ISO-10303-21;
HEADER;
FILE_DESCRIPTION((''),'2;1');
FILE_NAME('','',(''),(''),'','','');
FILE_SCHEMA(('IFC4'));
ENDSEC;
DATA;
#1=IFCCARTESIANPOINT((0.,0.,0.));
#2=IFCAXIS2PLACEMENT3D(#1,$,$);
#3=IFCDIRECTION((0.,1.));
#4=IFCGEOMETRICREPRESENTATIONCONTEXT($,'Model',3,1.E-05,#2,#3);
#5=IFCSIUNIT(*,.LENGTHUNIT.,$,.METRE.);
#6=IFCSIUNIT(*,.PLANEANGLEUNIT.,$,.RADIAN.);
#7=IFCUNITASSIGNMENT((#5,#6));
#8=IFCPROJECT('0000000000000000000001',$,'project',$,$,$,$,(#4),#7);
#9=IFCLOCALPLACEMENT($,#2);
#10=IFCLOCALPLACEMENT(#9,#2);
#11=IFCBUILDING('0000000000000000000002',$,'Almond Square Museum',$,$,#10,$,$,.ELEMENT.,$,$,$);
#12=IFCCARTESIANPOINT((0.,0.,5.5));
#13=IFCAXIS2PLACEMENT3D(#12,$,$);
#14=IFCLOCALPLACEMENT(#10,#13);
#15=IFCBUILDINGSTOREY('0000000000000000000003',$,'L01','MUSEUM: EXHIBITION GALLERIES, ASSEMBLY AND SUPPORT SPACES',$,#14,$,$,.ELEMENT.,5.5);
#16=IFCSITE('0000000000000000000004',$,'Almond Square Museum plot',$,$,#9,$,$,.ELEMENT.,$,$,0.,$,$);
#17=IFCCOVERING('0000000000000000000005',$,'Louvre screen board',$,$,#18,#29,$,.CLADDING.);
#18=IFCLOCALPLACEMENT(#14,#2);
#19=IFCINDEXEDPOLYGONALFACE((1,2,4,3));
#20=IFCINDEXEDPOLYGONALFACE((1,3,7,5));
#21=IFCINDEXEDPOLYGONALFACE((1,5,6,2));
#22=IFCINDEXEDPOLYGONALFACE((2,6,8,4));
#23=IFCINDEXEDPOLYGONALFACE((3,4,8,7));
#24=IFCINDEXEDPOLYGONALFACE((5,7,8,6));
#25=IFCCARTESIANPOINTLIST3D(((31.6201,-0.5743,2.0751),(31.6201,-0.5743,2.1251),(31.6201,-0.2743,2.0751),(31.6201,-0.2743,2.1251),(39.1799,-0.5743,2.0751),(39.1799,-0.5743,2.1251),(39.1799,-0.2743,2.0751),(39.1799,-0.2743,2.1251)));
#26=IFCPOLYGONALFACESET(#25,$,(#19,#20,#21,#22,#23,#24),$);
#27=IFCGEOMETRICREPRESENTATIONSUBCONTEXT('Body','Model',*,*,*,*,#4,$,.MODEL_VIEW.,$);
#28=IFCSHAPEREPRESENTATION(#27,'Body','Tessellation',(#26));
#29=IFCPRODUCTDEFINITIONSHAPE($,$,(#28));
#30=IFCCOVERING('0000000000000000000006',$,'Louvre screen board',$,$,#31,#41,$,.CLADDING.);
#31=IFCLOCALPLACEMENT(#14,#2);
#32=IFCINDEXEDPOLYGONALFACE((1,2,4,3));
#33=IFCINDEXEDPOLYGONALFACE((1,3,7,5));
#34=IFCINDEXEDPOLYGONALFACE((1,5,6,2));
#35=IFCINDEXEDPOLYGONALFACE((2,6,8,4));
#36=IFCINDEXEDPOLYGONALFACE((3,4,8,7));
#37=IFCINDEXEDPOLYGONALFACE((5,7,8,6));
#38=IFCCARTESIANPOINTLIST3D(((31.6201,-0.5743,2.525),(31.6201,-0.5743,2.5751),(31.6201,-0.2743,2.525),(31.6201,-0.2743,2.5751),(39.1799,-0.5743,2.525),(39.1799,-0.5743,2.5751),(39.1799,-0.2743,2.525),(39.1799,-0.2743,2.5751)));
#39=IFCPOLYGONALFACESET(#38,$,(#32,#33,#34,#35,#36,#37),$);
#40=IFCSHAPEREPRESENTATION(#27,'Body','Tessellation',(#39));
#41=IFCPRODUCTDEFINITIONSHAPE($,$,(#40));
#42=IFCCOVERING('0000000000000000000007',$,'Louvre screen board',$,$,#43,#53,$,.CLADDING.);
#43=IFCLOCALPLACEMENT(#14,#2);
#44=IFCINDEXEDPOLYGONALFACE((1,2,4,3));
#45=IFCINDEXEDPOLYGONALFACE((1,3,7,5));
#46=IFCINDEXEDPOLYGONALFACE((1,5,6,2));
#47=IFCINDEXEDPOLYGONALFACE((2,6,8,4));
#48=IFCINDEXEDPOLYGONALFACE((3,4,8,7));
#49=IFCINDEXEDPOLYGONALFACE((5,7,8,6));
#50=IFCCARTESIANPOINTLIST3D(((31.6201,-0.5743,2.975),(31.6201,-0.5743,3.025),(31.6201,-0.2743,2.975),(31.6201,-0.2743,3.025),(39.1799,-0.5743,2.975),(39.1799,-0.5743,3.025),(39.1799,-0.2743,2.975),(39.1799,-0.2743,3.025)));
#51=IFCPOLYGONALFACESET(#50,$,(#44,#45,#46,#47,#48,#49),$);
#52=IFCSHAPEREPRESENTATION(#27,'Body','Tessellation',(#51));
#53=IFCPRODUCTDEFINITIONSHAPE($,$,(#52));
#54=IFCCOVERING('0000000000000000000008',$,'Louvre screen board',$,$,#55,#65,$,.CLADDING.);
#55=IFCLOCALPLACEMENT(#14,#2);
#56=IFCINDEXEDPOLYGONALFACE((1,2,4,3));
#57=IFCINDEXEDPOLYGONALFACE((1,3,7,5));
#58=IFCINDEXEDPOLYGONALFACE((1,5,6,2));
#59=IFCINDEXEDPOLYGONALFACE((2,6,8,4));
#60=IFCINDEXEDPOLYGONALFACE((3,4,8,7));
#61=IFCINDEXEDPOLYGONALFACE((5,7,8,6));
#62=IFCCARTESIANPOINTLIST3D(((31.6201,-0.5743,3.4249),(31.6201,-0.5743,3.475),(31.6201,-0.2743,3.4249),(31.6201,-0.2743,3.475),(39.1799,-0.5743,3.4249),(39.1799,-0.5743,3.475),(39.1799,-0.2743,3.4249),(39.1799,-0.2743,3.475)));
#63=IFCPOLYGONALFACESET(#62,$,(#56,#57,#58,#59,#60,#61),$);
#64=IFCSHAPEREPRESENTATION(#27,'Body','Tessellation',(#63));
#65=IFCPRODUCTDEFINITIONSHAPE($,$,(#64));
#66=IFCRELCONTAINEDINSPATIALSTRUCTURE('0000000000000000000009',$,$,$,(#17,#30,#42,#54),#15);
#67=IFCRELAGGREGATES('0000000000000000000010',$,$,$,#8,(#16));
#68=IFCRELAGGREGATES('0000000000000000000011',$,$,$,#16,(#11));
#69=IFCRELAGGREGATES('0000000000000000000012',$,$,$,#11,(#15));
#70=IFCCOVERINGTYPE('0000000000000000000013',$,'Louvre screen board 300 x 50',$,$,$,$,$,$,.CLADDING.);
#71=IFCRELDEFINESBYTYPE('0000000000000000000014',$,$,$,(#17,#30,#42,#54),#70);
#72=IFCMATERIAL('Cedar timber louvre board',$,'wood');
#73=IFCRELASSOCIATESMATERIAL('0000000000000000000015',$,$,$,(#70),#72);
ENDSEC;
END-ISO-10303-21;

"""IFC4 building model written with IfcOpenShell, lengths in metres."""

from ifc_helpers import new_model, si_unit, direction, frame, origin, origin_2d, place, context, subcontext, project, spatial, rectangle, extrude, material, material_profile, profile_set, type_object, element, save


model = new_model("IFC4")

# Units and contexts
model_context = context("Model", 3, precision=1e-05, world=origin(), true_north=direction((0.0, 1.0)))
body_context = subcontext(model_context, "Body", "Model", "MODEL_VIEW")
ifc_project = project(units=[si_unit("LENGTHUNIT", "METRE"), si_unit("PLANEANGLEUNIT", "RADIAN")], contexts=[model_context])

# Site, building, storey
site_placement = place(None, origin())
site = spatial("IfcSite", under=ifc_project, at=site_placement, Name="Almond Square Museum plot", CompositionType="ELEMENT", RefElevation=0.0)
building_placement = place(site_placement, origin())
building = spatial("IfcBuilding", under=site, at=building_placement, Name="Almond Square Museum", CompositionType="ELEMENT")
storey_placement = place(building_placement, frame((0.0, 0.0, 5.5)))
storey = spatial("IfcBuildingStorey", under=building, at=storey_placement, Name="L01", Description="MUSEUM: EXHIBITION GALLERIES, ASSEMBLY AND SUPPORT SPACES", CompositionType="ELEMENT", Elevation=5.5)

# Coverings
ifc_material_1 = material(Name="Cedar timber louvre board", Category="wood")
ifc_material_profile_1 = material_profile(ifc_material_1, rectangle(XDim=0.3, YDim=0.05, at=origin_2d()))
ifc_profile_set_1 = profile_set([ifc_material_profile_1], Name="Cedar timber louvre board")
covering_type = type_object("IfcCoveringType", Name="Louvre screen board 300 x 50", PredefinedType="CLADDING", material=ifc_profile_set_1)
for number, where, z_axis, x_axis, name in (
    (1, (31.6201, -0.4243, 2.1001), (1.0, 0.0, 0.0), (0.0, 1.0, 0.0), "Louvre screen board"),
    (2, (31.6201, -0.4243, 2.55), (1.0, 0.0, 0.0), (0.0, 1.0, 0.0), "Louvre screen board"),
    (3, (31.6201, -0.4243, 3.0), (1.0, 0.0, 0.0), (0.0, 1.0, 0.0), "Louvre screen board"),
    (4, (31.6201, -0.4243, 3.45), (1.0, 0.0, 0.0), (0.0, 1.0, 0.0), "Louvre screen board"),
):
    element("IfcCovering", number, at=place(storey_placement, frame(where, z_axis=z_axis, x_axis=x_axis)), inside=storey, type_object=covering_type, Name=name, PredefinedType="CLADDING", context=body_context, shape_type="SweptSolid", body=[
        extrude(rectangle(XDim=0.3, YDim=0.05, at=origin_2d()), origin(), (0.0, 0.0, 1.0), 7.5598),
    ])

save(model, "model.ifc")
